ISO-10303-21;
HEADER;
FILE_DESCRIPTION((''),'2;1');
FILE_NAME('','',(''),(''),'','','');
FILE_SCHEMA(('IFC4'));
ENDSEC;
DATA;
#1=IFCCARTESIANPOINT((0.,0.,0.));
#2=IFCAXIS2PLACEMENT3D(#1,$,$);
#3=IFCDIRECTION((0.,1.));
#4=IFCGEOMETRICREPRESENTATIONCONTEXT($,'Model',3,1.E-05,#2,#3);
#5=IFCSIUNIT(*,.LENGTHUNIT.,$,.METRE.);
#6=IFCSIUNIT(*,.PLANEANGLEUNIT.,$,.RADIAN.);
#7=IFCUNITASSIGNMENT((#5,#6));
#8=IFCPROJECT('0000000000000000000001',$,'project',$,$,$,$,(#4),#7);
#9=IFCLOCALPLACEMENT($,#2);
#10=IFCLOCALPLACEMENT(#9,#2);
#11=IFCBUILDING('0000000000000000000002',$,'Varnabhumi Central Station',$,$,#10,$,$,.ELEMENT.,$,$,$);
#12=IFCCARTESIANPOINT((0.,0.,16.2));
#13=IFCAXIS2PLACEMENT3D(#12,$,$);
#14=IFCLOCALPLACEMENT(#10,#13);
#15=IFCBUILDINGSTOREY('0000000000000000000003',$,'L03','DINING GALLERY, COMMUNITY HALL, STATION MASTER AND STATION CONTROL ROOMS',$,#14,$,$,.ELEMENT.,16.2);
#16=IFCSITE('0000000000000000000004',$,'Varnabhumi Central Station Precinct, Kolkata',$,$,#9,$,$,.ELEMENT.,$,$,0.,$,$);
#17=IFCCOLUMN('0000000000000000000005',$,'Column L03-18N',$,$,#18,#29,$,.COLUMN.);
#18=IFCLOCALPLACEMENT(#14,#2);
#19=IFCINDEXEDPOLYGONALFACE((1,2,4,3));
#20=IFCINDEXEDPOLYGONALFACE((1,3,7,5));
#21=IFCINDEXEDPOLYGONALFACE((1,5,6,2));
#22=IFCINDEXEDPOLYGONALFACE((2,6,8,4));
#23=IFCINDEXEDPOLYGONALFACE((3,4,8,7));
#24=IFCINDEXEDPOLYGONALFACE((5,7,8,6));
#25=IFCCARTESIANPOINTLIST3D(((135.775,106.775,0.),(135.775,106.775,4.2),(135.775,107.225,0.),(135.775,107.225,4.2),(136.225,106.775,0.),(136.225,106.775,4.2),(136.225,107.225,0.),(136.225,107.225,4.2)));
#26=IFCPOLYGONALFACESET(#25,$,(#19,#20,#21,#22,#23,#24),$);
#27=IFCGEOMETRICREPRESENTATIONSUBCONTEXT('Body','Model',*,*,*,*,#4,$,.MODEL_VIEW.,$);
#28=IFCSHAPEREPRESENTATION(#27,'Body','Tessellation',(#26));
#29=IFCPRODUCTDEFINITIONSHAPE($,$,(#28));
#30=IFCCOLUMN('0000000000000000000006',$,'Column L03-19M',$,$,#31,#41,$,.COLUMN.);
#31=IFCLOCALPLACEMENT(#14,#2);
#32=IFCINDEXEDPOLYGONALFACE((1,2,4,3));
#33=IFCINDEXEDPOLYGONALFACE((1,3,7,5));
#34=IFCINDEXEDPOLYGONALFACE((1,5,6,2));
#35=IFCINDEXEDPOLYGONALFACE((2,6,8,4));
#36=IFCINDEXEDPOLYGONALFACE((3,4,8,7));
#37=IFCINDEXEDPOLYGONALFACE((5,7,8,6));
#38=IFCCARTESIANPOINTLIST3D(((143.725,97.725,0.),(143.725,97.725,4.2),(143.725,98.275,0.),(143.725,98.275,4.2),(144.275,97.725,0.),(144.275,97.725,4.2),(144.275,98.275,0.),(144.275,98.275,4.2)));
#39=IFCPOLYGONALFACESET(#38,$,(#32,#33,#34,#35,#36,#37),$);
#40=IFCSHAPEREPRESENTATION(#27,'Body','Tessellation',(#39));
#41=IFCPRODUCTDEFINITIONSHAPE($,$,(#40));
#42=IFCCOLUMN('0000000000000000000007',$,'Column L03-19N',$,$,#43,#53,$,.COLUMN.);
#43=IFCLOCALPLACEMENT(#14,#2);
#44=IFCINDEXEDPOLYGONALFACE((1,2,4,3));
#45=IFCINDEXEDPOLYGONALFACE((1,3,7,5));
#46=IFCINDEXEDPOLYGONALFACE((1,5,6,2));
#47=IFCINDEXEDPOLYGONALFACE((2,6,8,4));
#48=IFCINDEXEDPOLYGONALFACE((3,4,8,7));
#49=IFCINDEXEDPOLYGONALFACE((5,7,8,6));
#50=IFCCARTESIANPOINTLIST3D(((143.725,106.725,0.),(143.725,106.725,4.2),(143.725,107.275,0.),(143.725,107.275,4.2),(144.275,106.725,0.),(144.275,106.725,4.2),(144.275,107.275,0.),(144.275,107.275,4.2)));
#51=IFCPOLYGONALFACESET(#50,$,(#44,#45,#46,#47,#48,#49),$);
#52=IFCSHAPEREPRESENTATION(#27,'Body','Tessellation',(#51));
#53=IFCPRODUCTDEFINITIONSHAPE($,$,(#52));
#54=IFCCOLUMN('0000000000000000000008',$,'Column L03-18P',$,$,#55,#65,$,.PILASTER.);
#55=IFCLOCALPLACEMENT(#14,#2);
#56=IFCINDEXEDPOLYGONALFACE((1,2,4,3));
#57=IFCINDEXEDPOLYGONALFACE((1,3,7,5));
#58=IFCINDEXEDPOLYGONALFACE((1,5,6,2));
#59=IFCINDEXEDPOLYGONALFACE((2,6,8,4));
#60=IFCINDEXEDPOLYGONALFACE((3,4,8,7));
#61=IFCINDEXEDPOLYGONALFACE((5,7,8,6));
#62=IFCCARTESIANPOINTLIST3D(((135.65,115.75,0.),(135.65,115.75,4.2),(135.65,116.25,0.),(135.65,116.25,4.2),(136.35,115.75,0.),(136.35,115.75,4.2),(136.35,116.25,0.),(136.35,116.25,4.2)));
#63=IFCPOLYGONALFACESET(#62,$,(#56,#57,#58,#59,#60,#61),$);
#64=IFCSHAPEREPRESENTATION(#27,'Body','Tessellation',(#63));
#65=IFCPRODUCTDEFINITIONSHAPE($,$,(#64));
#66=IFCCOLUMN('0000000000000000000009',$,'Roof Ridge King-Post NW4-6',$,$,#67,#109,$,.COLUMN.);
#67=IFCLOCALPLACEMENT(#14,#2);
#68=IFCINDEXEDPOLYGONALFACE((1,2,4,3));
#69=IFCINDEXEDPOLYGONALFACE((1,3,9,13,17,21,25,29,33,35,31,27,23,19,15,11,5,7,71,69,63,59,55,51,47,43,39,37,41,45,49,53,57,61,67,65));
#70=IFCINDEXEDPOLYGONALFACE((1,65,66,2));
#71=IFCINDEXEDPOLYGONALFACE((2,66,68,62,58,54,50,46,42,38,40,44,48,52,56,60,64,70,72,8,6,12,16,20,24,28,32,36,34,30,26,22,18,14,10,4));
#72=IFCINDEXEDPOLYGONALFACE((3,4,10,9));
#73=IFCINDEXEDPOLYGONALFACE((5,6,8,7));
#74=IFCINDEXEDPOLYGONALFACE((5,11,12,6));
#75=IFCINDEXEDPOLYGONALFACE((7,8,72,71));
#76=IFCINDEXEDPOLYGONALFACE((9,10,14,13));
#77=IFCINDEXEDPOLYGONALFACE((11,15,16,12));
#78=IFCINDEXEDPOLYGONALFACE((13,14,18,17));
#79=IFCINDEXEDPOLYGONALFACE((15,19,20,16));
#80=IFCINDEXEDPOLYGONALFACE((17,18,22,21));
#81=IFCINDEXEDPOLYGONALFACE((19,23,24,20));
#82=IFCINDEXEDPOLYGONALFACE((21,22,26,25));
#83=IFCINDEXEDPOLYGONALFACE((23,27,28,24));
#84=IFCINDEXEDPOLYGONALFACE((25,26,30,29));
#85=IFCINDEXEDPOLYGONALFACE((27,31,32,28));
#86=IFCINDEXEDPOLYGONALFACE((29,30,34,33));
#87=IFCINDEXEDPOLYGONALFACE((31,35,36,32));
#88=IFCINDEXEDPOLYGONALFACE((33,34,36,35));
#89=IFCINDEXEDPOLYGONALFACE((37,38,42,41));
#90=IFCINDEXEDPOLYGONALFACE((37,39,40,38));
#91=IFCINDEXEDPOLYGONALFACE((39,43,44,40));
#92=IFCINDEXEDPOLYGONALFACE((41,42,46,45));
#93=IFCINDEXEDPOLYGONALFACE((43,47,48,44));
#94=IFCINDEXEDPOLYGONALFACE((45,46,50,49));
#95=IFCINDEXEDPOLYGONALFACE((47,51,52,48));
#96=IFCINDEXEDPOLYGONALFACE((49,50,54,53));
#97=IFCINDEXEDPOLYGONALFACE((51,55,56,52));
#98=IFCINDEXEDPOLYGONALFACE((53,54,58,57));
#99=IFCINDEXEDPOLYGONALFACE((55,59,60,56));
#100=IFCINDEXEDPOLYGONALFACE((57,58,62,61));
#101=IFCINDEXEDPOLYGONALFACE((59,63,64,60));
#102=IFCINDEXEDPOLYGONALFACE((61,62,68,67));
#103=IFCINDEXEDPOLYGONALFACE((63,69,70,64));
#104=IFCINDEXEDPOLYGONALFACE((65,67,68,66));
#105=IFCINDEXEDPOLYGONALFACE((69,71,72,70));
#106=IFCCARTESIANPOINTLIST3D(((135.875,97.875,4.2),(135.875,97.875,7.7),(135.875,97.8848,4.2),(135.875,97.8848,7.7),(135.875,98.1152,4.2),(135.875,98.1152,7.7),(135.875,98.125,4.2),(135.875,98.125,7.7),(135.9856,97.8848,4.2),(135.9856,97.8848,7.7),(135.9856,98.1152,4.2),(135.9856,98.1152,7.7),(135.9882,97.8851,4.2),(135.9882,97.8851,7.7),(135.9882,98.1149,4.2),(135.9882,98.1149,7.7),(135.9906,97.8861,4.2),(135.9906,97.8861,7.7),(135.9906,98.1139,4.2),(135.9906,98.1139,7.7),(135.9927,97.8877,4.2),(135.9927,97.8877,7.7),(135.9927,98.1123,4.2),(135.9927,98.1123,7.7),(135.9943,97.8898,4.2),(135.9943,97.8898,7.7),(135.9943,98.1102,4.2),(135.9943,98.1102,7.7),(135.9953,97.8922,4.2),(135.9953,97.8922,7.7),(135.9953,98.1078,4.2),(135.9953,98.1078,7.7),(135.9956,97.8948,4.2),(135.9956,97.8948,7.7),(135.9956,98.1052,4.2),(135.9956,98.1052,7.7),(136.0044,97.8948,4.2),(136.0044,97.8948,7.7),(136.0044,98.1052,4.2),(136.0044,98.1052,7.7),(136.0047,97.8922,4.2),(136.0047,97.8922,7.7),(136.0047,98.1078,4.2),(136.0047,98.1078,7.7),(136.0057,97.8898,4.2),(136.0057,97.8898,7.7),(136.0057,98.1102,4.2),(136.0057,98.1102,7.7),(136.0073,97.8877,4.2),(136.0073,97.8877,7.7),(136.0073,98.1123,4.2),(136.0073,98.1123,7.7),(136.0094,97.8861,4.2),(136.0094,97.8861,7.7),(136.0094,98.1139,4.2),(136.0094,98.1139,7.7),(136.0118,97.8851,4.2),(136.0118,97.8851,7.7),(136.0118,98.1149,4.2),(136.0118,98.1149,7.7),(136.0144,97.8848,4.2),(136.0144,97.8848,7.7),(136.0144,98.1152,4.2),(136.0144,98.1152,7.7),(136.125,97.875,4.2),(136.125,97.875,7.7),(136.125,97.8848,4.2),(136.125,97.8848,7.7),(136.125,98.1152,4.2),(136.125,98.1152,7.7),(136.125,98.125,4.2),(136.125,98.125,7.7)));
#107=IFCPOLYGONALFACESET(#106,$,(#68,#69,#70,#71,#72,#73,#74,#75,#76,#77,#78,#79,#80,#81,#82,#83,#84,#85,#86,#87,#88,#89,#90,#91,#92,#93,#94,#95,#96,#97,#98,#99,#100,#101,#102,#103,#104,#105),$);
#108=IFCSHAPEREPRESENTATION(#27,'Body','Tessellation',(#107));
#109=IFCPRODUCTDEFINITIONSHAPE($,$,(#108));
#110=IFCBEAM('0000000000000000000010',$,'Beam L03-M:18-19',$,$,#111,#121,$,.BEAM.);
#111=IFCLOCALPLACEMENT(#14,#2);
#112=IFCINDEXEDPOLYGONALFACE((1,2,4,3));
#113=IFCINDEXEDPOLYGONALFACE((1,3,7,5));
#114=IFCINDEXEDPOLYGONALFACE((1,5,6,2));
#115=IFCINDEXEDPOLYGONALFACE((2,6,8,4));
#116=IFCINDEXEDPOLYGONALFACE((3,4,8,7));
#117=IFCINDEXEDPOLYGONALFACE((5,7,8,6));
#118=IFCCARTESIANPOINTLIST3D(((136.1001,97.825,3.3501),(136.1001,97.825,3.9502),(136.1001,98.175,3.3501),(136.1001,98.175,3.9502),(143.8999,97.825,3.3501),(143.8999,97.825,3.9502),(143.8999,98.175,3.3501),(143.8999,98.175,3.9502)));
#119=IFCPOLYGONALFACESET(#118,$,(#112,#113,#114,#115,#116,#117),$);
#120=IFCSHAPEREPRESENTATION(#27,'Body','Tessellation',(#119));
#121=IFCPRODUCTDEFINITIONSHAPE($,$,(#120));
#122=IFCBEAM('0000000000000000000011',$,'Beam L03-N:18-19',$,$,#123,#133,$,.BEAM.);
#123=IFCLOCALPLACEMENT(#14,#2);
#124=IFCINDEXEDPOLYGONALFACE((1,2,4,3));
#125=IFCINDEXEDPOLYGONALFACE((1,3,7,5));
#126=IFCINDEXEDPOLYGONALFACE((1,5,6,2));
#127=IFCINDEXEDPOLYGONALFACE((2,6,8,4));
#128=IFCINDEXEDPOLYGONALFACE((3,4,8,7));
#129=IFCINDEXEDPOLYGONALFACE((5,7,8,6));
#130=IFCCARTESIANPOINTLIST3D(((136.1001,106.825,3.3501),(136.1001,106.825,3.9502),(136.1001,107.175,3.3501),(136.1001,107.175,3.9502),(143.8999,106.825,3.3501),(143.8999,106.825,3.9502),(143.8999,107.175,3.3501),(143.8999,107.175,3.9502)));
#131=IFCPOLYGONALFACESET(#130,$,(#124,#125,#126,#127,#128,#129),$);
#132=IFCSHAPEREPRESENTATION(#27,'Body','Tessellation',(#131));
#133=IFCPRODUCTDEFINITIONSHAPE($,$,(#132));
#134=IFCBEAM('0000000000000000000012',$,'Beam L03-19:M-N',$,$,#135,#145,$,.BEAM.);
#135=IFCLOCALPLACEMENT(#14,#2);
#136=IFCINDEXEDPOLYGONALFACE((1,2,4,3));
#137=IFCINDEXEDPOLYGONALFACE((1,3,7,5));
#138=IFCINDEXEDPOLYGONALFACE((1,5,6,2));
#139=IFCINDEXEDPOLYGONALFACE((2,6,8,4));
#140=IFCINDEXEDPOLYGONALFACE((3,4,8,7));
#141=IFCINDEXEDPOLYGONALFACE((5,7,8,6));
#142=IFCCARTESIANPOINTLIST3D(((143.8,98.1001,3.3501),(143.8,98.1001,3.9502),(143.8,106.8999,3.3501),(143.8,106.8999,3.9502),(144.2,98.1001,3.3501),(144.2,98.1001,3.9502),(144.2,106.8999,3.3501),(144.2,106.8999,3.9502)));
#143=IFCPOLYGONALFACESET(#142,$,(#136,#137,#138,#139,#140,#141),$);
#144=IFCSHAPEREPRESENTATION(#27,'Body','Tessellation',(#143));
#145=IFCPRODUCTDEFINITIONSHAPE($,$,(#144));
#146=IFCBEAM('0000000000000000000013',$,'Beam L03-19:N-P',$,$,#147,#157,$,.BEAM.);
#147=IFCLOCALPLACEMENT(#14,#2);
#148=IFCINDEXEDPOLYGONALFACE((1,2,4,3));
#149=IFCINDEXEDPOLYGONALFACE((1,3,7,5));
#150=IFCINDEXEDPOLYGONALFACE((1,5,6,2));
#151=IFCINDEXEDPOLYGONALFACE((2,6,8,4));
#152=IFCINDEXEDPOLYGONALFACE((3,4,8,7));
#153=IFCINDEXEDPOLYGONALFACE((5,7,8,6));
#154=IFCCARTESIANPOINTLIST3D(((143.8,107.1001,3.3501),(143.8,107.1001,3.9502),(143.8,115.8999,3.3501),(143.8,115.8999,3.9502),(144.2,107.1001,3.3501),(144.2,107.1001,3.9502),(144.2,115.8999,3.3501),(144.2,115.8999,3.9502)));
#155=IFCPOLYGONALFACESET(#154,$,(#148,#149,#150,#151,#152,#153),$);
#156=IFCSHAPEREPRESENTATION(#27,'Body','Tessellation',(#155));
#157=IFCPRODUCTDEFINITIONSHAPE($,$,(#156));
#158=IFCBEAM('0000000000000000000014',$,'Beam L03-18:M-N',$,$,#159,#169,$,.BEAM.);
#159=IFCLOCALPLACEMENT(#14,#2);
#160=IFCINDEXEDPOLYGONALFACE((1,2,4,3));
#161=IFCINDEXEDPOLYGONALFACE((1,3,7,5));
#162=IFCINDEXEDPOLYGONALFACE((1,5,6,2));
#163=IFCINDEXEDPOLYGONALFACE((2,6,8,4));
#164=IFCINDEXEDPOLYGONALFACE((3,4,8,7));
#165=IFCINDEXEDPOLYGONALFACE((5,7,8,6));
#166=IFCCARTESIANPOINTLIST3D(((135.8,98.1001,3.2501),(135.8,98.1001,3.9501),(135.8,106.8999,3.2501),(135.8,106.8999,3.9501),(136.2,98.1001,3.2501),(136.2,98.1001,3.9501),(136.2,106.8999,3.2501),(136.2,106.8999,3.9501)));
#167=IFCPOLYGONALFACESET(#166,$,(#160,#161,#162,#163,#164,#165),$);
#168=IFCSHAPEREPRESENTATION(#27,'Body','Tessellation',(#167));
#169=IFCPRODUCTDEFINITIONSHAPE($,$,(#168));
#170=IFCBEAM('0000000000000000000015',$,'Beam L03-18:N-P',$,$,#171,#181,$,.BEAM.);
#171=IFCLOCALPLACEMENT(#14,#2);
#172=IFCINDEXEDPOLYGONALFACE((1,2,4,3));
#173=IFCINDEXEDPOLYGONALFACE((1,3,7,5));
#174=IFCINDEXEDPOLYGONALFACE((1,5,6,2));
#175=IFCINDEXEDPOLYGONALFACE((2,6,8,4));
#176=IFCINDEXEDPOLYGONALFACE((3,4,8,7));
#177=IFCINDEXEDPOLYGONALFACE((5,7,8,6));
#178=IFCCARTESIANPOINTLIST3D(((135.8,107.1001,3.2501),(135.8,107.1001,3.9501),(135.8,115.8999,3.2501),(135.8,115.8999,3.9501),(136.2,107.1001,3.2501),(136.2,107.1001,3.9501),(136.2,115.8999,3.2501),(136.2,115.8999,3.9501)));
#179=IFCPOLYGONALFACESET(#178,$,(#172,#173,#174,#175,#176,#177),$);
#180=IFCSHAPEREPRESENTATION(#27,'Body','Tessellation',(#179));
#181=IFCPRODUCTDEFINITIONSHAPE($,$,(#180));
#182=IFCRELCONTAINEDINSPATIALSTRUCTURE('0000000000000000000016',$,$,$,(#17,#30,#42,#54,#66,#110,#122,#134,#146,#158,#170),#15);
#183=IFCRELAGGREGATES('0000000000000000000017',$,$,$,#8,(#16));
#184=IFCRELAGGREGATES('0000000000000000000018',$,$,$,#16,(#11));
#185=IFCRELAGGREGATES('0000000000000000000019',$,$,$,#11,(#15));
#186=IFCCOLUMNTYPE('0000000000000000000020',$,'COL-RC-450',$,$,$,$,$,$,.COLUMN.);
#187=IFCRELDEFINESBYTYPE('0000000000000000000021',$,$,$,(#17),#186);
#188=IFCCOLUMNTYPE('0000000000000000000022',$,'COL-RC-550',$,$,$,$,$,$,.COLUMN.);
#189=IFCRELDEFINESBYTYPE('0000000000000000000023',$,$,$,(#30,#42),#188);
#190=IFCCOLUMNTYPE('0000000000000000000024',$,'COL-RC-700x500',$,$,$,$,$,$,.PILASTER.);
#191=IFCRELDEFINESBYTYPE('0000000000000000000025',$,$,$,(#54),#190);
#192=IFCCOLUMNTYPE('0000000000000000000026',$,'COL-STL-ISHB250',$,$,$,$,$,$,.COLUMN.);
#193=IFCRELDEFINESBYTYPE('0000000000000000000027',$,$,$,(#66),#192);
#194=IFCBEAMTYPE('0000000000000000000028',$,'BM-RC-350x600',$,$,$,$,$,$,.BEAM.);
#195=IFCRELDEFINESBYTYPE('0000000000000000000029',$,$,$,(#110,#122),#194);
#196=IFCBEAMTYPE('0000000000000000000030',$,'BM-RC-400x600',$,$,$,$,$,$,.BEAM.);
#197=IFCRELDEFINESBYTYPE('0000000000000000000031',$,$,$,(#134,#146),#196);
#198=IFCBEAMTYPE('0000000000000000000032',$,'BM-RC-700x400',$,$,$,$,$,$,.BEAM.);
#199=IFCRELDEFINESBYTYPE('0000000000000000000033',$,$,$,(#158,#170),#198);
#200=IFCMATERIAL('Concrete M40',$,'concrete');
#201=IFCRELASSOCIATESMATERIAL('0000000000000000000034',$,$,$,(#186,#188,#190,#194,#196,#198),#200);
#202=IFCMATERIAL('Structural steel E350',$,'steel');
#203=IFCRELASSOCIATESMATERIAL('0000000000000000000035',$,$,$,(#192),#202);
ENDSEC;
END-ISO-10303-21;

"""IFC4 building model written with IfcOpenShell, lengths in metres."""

from ifc_helpers import new_model, si_unit, direction, frame, origin, origin_2d, place, context, subcontext, project, spatial, rectangle, i_section, extrude, material, material_profile, profile_set, type_object, element, save


model = new_model("IFC4")

# Units and contexts
model_context = context("Model", 3, precision=1e-05, world=origin(), true_north=direction((0.0, 1.0)))
body_context = subcontext(model_context, "Body", "Model", "MODEL_VIEW")
ifc_project = project(units=[si_unit("LENGTHUNIT", "METRE"), si_unit("PLANEANGLEUNIT", "RADIAN")], contexts=[model_context])

# Site, building, storey
site_placement = place(None, origin())
site = spatial("IfcSite", under=ifc_project, at=site_placement, Name="Varnabhumi Central Station Precinct, Kolkata", CompositionType="ELEMENT", RefElevation=0.0)
building_placement = place(site_placement, origin())
building = spatial("IfcBuilding", under=site, at=building_placement, Name="Varnabhumi Central Station", CompositionType="ELEMENT")
storey_placement = place(building_placement, frame((0.0, 0.0, 16.2)))
storey = spatial("IfcBuildingStorey", under=building, at=storey_placement, Name="L03", Description="DINING GALLERY, COMMUNITY HALL, STATION MASTER AND STATION CONTROL ROOMS", CompositionType="ELEMENT", Elevation=16.2)

# Columns
ifc_material_1 = material(Name="Concrete M40", Category="concrete")
ifc_material_profile_1 = material_profile(ifc_material_1, rectangle(XDim=0.45, YDim=0.45, at=origin_2d()), Name="Concrete M40", Category="concrete")
ifc_profile_set_1 = profile_set([ifc_material_profile_1], Name="Concrete M40")
column_type_1 = type_object("IfcColumnType", Name="COL-RC-450", PredefinedType="COLUMN", material=ifc_profile_set_1)
column_1_placement = place(storey_placement, frame((136.0, 107.0, 0.0), z_axis=(0.0, 0.0, 1.0), x_axis=(1.0, 0.0, 0.0)))
element("IfcColumn", 1, at=column_1_placement, inside=storey, type_object=column_type_1, Name="Column L03-18N", PredefinedType="COLUMN", context=body_context, shape_type="SweptSolid", body=[
    extrude(rectangle(XDim=0.45, YDim=0.45, at=origin_2d()), origin(), (0.0, 0.0, 1.0), 4.2),
])
ifc_material_profile_2 = material_profile(ifc_material_1, rectangle(XDim=0.55, YDim=0.55, at=origin_2d()), Name="Concrete M40", Category="concrete")
ifc_profile_set_2 = profile_set([ifc_material_profile_2], Name="Concrete M40")
column_type_2 = type_object("IfcColumnType", Name="COL-RC-550", PredefinedType="COLUMN", material=ifc_profile_set_2)
for number, where, z_axis, x_axis, name in (
    (2, (144.0, 98.0, 0.0), (0.0, 0.0, 1.0), (1.0, 0.0, 0.0), "Column L03-19M"),
    (3, (144.0, 107.0, 0.0), (0.0, 0.0, 1.0), (1.0, 0.0, 0.0), "Column L03-19N"),
):
    element("IfcColumn", number, at=place(storey_placement, frame(where, z_axis=z_axis, x_axis=x_axis)), inside=storey, type_object=column_type_2, Name=name, PredefinedType="COLUMN", context=body_context, shape_type="SweptSolid", body=[
        extrude(rectangle(XDim=0.55, YDim=0.55, at=origin_2d()), origin(), (0.0, 0.0, 1.0), 4.2),
    ])
ifc_material_profile_3 = material_profile(ifc_material_1, rectangle(XDim=0.7, YDim=0.5, at=origin_2d()), Name="Concrete M40", Category="concrete")
ifc_profile_set_3 = profile_set([ifc_material_profile_3], Name="Concrete M40")
column_type_3 = type_object("IfcColumnType", Name="COL-RC-700x500", PredefinedType="PILASTER", material=ifc_profile_set_3)
column_2_placement = place(storey_placement, frame((136.0, 116.0, 0.0), z_axis=(0.0, 0.0, 1.0), x_axis=(1.0, 0.0, 0.0)))
element("IfcColumn", 4, at=column_2_placement, inside=storey, type_object=column_type_3, Name="Column L03-18P", PredefinedType="PILASTER", context=body_context, shape_type="SweptSolid", body=[
    extrude(rectangle(XDim=0.7, YDim=0.5, at=origin_2d()), origin(), (0.0, 0.0, 1.0), 4.2),
])
ifc_material_2 = material(Name="Structural steel E350", Category="steel")
ifc_material_profile_4 = material_profile(ifc_material_2, i_section(OverallWidth=0.25, OverallDepth=0.25, WebThickness=0.0088, FlangeThickness=0.0098, FilletRadius=0.01, at=origin_2d()), Name="Structural steel E350", Category="steel")
ifc_profile_set_4 = profile_set([ifc_material_profile_4], Name="Structural steel E350")
column_type_4 = type_object("IfcColumnType", Name="COL-STL-ISHB250", PredefinedType="COLUMN", material=ifc_profile_set_4)
column_3_placement = place(storey_placement, frame((136.0, 98.0, 4.2), z_axis=(0.0, 0.0, 1.0), x_axis=(1.0, 0.0, 0.0)))
element("IfcColumn", 5, at=column_3_placement, inside=storey, type_object=column_type_4, Name="Roof Ridge King-Post NW4-6", PredefinedType="COLUMN", context=body_context, shape_type="SweptSolid", body=[
    extrude(i_section(OverallWidth=0.25, OverallDepth=0.25, WebThickness=0.0088, FlangeThickness=0.0098, FilletRadius=0.01, at=origin_2d()), origin(), (0.0, 0.0, 1.0), 3.5),
])

# Beams
ifc_material_profile_5 = material_profile(ifc_material_1, rectangle(XDim=0.3501, YDim=0.6001, at=origin_2d()), Name="Concrete M40", Category="concrete")
ifc_profile_set_5 = profile_set([ifc_material_profile_5], Name="Concrete M40")
beam_type_1 = type_object("IfcBeamType", Name="BM-RC-350x600", PredefinedType="BEAM", material=ifc_profile_set_5)
for number, where, z_axis, x_axis, name in (
    (6, (136.1001, 98.0, 3.6501), (1.0, 0.0, 0.0), (0.0, 1.0, 0.0), "Beam L03-M:18-19"),
    (7, (136.1001, 107.0, 3.6501), (1.0, 0.0, 0.0), (0.0, 1.0, 0.0), "Beam L03-N:18-19"),
):
    element("IfcBeam", number, at=place(storey_placement, frame(where, z_axis=z_axis, x_axis=x_axis)), inside=storey, type_object=beam_type_1, Name=name, PredefinedType="BEAM", context=body_context, shape_type="SweptSolid", body=[
        extrude(rectangle(XDim=0.3501, YDim=0.6001, at=origin_2d()), origin(), (0.0, 0.0, 1.0), 7.7998),
    ])
ifc_material_profile_6 = material_profile(ifc_material_1, rectangle(XDim=0.3999, YDim=0.6001, at=origin_2d()), Name="Concrete M40", Category="concrete")
ifc_profile_set_6 = profile_set([ifc_material_profile_6], Name="Concrete M40")
beam_type_2 = type_object("IfcBeamType", Name="BM-RC-400x600", PredefinedType="BEAM", material=ifc_profile_set_6)
for number, where, z_axis, x_axis, name in (
    (8, (144.0, 98.1001, 3.6501), (0.0, 1.0, 0.0), (-1.0, 0.0, 0.0), "Beam L03-19:M-N"),
    (9, (144.0, 107.1001, 3.6501), (0.0, 1.0, 0.0), (-1.0, 0.0, 0.0), "Beam L03-19:N-P"),
):
    element("IfcBeam", number, at=place(storey_placement, frame(where, z_axis=z_axis, x_axis=x_axis)), inside=storey, type_object=beam_type_2, Name=name, PredefinedType="BEAM", context=body_context, shape_type="SweptSolid", body=[
        extrude(rectangle(XDim=0.3999, YDim=0.6001, at=origin_2d()), origin(), (0.0, 0.0, 1.0), 8.7998),
    ])
ifc_material_profile_7 = material_profile(ifc_material_1, rectangle(XDim=0.3999, YDim=0.7, at=origin_2d()), Name="Concrete M40", Category="concrete")
ifc_profile_set_7 = profile_set([ifc_material_profile_7], Name="Concrete M40")
beam_type_3 = type_object("IfcBeamType", Name="BM-RC-700x400", PredefinedType="BEAM", material=ifc_profile_set_7)
for number, where, z_axis, x_axis, name in (
    (10, (136.0, 98.1001, 3.6001), (0.0, 1.0, 0.0), (-1.0, 0.0, 0.0), "Beam L03-18:M-N"),
    (11, (136.0, 107.1001, 3.6001), (0.0, 1.0, 0.0), (-1.0, 0.0, 0.0), "Beam L03-18:N-P"),
):
    element("IfcBeam", number, at=place(storey_placement, frame(where, z_axis=z_axis, x_axis=x_axis)), inside=storey, type_object=beam_type_3, Name=name, PredefinedType="BEAM", context=body_context, shape_type="SweptSolid", body=[
        extrude(rectangle(XDim=0.3999, YDim=0.7, at=origin_2d()), origin(), (0.0, 0.0, 1.0), 8.7998),
    ])

save(model, "model.ifc")
